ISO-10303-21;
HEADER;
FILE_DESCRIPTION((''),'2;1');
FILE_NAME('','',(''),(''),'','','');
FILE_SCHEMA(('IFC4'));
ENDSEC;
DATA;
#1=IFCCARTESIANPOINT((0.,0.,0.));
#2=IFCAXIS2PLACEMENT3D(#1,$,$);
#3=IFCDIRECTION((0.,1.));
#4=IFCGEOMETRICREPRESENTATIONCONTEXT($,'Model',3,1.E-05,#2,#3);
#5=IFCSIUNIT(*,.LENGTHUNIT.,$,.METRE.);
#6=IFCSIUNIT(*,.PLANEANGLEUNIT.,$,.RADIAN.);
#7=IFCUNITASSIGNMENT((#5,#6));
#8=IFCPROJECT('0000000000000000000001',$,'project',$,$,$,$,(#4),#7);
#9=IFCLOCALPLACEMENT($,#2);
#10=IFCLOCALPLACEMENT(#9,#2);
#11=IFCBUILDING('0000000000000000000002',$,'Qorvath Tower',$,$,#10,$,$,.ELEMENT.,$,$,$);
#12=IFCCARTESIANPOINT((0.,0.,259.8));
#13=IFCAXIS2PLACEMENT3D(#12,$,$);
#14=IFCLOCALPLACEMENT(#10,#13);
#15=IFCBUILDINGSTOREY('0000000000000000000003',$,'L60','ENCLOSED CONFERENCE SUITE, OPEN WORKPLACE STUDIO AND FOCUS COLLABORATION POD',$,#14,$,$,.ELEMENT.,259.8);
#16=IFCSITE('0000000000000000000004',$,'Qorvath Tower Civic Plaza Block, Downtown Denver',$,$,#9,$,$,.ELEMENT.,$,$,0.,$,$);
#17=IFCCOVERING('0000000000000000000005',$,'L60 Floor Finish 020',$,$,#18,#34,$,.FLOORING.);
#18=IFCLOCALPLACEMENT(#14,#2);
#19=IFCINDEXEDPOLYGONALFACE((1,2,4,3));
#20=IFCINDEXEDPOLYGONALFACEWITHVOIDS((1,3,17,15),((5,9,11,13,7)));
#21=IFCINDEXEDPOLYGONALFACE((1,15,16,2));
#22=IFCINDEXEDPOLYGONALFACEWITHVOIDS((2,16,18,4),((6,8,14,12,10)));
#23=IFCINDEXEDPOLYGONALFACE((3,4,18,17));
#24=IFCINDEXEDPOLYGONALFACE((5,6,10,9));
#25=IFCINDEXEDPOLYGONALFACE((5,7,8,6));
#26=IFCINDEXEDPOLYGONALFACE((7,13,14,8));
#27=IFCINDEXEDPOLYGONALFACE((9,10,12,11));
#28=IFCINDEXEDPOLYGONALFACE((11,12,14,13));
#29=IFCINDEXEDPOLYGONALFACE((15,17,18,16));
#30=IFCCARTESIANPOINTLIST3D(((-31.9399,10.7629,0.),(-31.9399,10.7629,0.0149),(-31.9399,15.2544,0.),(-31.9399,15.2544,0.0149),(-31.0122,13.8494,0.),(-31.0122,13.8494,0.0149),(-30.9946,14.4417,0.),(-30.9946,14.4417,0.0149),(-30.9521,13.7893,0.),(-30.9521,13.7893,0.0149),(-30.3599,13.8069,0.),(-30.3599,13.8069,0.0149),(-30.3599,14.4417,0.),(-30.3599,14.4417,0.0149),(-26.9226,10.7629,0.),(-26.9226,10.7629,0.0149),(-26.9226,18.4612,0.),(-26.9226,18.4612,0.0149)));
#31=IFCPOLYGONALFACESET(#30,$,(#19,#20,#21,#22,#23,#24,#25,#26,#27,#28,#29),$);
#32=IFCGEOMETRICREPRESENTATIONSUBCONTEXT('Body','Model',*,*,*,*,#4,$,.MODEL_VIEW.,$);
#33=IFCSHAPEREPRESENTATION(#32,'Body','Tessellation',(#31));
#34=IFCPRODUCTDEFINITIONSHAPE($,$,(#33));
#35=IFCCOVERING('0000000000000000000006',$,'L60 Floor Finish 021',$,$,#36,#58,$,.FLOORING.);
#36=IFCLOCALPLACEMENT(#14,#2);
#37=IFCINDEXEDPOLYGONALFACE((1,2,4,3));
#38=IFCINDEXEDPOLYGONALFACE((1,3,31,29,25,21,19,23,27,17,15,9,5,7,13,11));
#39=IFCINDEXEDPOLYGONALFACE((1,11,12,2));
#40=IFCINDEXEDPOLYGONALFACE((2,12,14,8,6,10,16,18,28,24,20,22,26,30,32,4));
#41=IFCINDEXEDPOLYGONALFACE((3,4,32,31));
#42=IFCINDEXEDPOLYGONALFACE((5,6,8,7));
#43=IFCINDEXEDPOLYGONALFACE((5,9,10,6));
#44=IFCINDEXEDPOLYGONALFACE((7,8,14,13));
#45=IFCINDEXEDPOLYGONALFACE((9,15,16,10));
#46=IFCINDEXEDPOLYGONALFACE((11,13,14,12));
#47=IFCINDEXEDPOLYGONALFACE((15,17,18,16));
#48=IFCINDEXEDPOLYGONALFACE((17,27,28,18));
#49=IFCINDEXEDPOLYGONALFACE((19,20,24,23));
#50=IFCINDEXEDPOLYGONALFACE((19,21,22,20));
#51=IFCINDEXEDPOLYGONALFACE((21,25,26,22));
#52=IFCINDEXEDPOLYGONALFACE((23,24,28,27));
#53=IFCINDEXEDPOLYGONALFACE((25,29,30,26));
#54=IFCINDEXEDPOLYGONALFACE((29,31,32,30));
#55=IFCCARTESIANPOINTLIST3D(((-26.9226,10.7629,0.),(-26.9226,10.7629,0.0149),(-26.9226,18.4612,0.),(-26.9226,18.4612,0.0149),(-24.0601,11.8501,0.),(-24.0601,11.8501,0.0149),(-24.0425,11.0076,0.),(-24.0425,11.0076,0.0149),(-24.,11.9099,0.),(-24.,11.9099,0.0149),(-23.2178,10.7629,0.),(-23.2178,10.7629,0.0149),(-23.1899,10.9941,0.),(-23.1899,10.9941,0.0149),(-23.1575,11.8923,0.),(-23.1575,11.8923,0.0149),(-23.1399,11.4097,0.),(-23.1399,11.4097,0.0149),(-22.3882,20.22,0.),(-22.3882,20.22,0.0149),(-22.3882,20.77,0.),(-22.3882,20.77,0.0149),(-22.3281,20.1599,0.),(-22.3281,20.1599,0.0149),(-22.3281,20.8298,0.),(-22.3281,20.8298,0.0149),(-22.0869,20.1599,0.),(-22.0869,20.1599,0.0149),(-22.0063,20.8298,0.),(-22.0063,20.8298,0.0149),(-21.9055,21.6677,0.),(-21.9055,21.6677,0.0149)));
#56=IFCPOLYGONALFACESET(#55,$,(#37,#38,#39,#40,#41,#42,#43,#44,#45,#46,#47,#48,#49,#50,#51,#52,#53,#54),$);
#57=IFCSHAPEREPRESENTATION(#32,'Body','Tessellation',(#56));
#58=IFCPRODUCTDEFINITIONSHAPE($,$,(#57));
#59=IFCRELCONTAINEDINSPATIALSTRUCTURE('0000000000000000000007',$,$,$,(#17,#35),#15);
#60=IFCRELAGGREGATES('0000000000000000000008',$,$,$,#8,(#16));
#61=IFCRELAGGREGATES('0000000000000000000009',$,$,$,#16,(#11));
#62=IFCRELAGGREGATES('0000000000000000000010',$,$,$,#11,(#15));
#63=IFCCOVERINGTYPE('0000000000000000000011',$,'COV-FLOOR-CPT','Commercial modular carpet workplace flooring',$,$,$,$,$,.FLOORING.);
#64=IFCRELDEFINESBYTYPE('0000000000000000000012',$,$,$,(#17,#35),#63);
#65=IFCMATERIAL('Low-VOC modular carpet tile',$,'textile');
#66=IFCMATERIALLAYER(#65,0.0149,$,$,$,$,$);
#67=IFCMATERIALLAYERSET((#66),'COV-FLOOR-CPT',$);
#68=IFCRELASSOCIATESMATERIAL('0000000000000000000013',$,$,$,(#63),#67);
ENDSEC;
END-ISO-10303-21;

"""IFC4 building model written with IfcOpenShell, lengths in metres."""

from ifc_helpers import new_model, si_unit, direction, frame, origin, place, context, subcontext, project, spatial, polyline, outline, extrude, material, layer, layer_set, type_object, element, save


model = new_model("IFC4")

# Units and contexts
model_context = context("Model", 3, precision=1e-05, world=origin(), true_north=direction((0.0, 1.0)))
body_context = subcontext(model_context, "Body", "Model", "MODEL_VIEW")
ifc_project = project(units=[si_unit("LENGTHUNIT", "METRE"), si_unit("PLANEANGLEUNIT", "RADIAN")], contexts=[model_context])

# Site, building, storey
site_placement = place(None, origin())
site = spatial("IfcSite", under=ifc_project, at=site_placement, Name="Qorvath Tower Civic Plaza Block, Downtown Denver", CompositionType="ELEMENT", RefElevation=0.0)
building_placement = place(site_placement, origin())
building = spatial("IfcBuilding", under=site, at=building_placement, Name="Qorvath Tower", CompositionType="ELEMENT")
storey_placement = place(building_placement, frame((0.0, 0.0, 259.8)))
storey = spatial("IfcBuildingStorey", under=building, at=storey_placement, Name="L60", Description="ENCLOSED CONFERENCE SUITE, OPEN WORKPLACE STUDIO AND FOCUS COLLABORATION POD", CompositionType="ELEMENT", Elevation=259.8)

# Coverings
ifc_material_1 = material(Name="Low-VOC modular carpet tile", Category="textile")
ifc_layer_1 = layer(ifc_material_1, 0.0149)
ifc_layer_set_1 = layer_set([ifc_layer_1], Name="COV-FLOOR-CPT")
covering_type_1 = type_object("IfcCoveringType", Name="COV-FLOOR-CPT", Description="Commercial modular carpet workplace flooring", PredefinedType="FLOORING", material=ifc_layer_set_1)
covering_1_placement = place(storey_placement, origin())
element("IfcCovering", 1, at=covering_1_placement, inside=storey, type_object=covering_type_1, Name="L60 Floor Finish 020", PredefinedType="FLOORING", context=body_context, shape_type="SweptSolid", body=[
    extrude(outline(polyline([(-26.9226, 10.7629), (-26.9226, 18.4612), (-31.9399, 15.2544), (-31.9399, 10.7629), (-26.9226, 10.7629)]), holes=[polyline([(-31.0122, 13.8494), (-30.9946, 14.4417), (-30.3599, 14.4417), (-30.3599, 13.8069), (-30.9521, 13.7893), (-31.0122, 13.8494)])]), origin(), (0.0, 0.0, 1.0), 0.0149),
])
covering_2_placement = place(storey_placement, origin())
element("IfcCovering", 2, at=covering_2_placement, inside=storey, type_object=covering_type_1, Name="L60 Floor Finish 021", PredefinedType="FLOORING", context=body_context, shape_type="SweptSolid", body=[
    extrude(outline(polyline([(-22.3281, 20.8298), (-22.0063, 20.8298), (-21.9055, 21.6677), (-26.9226, 18.4612), (-26.9226, 10.7629), (-23.2178, 10.7629), (-23.1899, 10.9941), (-24.0425, 11.0076), (-24.0601, 11.8501), (-24.0, 11.9099), (-23.1575, 11.8923), (-23.1399, 11.4097), (-22.0869, 20.1599), (-22.3281, 20.1599), (-22.3882, 20.22), (-22.3882, 20.77), (-22.3281, 20.8298)])), origin(), (0.0, 0.0, 1.0), 0.0149),
])

save(model, "model.ifc")
